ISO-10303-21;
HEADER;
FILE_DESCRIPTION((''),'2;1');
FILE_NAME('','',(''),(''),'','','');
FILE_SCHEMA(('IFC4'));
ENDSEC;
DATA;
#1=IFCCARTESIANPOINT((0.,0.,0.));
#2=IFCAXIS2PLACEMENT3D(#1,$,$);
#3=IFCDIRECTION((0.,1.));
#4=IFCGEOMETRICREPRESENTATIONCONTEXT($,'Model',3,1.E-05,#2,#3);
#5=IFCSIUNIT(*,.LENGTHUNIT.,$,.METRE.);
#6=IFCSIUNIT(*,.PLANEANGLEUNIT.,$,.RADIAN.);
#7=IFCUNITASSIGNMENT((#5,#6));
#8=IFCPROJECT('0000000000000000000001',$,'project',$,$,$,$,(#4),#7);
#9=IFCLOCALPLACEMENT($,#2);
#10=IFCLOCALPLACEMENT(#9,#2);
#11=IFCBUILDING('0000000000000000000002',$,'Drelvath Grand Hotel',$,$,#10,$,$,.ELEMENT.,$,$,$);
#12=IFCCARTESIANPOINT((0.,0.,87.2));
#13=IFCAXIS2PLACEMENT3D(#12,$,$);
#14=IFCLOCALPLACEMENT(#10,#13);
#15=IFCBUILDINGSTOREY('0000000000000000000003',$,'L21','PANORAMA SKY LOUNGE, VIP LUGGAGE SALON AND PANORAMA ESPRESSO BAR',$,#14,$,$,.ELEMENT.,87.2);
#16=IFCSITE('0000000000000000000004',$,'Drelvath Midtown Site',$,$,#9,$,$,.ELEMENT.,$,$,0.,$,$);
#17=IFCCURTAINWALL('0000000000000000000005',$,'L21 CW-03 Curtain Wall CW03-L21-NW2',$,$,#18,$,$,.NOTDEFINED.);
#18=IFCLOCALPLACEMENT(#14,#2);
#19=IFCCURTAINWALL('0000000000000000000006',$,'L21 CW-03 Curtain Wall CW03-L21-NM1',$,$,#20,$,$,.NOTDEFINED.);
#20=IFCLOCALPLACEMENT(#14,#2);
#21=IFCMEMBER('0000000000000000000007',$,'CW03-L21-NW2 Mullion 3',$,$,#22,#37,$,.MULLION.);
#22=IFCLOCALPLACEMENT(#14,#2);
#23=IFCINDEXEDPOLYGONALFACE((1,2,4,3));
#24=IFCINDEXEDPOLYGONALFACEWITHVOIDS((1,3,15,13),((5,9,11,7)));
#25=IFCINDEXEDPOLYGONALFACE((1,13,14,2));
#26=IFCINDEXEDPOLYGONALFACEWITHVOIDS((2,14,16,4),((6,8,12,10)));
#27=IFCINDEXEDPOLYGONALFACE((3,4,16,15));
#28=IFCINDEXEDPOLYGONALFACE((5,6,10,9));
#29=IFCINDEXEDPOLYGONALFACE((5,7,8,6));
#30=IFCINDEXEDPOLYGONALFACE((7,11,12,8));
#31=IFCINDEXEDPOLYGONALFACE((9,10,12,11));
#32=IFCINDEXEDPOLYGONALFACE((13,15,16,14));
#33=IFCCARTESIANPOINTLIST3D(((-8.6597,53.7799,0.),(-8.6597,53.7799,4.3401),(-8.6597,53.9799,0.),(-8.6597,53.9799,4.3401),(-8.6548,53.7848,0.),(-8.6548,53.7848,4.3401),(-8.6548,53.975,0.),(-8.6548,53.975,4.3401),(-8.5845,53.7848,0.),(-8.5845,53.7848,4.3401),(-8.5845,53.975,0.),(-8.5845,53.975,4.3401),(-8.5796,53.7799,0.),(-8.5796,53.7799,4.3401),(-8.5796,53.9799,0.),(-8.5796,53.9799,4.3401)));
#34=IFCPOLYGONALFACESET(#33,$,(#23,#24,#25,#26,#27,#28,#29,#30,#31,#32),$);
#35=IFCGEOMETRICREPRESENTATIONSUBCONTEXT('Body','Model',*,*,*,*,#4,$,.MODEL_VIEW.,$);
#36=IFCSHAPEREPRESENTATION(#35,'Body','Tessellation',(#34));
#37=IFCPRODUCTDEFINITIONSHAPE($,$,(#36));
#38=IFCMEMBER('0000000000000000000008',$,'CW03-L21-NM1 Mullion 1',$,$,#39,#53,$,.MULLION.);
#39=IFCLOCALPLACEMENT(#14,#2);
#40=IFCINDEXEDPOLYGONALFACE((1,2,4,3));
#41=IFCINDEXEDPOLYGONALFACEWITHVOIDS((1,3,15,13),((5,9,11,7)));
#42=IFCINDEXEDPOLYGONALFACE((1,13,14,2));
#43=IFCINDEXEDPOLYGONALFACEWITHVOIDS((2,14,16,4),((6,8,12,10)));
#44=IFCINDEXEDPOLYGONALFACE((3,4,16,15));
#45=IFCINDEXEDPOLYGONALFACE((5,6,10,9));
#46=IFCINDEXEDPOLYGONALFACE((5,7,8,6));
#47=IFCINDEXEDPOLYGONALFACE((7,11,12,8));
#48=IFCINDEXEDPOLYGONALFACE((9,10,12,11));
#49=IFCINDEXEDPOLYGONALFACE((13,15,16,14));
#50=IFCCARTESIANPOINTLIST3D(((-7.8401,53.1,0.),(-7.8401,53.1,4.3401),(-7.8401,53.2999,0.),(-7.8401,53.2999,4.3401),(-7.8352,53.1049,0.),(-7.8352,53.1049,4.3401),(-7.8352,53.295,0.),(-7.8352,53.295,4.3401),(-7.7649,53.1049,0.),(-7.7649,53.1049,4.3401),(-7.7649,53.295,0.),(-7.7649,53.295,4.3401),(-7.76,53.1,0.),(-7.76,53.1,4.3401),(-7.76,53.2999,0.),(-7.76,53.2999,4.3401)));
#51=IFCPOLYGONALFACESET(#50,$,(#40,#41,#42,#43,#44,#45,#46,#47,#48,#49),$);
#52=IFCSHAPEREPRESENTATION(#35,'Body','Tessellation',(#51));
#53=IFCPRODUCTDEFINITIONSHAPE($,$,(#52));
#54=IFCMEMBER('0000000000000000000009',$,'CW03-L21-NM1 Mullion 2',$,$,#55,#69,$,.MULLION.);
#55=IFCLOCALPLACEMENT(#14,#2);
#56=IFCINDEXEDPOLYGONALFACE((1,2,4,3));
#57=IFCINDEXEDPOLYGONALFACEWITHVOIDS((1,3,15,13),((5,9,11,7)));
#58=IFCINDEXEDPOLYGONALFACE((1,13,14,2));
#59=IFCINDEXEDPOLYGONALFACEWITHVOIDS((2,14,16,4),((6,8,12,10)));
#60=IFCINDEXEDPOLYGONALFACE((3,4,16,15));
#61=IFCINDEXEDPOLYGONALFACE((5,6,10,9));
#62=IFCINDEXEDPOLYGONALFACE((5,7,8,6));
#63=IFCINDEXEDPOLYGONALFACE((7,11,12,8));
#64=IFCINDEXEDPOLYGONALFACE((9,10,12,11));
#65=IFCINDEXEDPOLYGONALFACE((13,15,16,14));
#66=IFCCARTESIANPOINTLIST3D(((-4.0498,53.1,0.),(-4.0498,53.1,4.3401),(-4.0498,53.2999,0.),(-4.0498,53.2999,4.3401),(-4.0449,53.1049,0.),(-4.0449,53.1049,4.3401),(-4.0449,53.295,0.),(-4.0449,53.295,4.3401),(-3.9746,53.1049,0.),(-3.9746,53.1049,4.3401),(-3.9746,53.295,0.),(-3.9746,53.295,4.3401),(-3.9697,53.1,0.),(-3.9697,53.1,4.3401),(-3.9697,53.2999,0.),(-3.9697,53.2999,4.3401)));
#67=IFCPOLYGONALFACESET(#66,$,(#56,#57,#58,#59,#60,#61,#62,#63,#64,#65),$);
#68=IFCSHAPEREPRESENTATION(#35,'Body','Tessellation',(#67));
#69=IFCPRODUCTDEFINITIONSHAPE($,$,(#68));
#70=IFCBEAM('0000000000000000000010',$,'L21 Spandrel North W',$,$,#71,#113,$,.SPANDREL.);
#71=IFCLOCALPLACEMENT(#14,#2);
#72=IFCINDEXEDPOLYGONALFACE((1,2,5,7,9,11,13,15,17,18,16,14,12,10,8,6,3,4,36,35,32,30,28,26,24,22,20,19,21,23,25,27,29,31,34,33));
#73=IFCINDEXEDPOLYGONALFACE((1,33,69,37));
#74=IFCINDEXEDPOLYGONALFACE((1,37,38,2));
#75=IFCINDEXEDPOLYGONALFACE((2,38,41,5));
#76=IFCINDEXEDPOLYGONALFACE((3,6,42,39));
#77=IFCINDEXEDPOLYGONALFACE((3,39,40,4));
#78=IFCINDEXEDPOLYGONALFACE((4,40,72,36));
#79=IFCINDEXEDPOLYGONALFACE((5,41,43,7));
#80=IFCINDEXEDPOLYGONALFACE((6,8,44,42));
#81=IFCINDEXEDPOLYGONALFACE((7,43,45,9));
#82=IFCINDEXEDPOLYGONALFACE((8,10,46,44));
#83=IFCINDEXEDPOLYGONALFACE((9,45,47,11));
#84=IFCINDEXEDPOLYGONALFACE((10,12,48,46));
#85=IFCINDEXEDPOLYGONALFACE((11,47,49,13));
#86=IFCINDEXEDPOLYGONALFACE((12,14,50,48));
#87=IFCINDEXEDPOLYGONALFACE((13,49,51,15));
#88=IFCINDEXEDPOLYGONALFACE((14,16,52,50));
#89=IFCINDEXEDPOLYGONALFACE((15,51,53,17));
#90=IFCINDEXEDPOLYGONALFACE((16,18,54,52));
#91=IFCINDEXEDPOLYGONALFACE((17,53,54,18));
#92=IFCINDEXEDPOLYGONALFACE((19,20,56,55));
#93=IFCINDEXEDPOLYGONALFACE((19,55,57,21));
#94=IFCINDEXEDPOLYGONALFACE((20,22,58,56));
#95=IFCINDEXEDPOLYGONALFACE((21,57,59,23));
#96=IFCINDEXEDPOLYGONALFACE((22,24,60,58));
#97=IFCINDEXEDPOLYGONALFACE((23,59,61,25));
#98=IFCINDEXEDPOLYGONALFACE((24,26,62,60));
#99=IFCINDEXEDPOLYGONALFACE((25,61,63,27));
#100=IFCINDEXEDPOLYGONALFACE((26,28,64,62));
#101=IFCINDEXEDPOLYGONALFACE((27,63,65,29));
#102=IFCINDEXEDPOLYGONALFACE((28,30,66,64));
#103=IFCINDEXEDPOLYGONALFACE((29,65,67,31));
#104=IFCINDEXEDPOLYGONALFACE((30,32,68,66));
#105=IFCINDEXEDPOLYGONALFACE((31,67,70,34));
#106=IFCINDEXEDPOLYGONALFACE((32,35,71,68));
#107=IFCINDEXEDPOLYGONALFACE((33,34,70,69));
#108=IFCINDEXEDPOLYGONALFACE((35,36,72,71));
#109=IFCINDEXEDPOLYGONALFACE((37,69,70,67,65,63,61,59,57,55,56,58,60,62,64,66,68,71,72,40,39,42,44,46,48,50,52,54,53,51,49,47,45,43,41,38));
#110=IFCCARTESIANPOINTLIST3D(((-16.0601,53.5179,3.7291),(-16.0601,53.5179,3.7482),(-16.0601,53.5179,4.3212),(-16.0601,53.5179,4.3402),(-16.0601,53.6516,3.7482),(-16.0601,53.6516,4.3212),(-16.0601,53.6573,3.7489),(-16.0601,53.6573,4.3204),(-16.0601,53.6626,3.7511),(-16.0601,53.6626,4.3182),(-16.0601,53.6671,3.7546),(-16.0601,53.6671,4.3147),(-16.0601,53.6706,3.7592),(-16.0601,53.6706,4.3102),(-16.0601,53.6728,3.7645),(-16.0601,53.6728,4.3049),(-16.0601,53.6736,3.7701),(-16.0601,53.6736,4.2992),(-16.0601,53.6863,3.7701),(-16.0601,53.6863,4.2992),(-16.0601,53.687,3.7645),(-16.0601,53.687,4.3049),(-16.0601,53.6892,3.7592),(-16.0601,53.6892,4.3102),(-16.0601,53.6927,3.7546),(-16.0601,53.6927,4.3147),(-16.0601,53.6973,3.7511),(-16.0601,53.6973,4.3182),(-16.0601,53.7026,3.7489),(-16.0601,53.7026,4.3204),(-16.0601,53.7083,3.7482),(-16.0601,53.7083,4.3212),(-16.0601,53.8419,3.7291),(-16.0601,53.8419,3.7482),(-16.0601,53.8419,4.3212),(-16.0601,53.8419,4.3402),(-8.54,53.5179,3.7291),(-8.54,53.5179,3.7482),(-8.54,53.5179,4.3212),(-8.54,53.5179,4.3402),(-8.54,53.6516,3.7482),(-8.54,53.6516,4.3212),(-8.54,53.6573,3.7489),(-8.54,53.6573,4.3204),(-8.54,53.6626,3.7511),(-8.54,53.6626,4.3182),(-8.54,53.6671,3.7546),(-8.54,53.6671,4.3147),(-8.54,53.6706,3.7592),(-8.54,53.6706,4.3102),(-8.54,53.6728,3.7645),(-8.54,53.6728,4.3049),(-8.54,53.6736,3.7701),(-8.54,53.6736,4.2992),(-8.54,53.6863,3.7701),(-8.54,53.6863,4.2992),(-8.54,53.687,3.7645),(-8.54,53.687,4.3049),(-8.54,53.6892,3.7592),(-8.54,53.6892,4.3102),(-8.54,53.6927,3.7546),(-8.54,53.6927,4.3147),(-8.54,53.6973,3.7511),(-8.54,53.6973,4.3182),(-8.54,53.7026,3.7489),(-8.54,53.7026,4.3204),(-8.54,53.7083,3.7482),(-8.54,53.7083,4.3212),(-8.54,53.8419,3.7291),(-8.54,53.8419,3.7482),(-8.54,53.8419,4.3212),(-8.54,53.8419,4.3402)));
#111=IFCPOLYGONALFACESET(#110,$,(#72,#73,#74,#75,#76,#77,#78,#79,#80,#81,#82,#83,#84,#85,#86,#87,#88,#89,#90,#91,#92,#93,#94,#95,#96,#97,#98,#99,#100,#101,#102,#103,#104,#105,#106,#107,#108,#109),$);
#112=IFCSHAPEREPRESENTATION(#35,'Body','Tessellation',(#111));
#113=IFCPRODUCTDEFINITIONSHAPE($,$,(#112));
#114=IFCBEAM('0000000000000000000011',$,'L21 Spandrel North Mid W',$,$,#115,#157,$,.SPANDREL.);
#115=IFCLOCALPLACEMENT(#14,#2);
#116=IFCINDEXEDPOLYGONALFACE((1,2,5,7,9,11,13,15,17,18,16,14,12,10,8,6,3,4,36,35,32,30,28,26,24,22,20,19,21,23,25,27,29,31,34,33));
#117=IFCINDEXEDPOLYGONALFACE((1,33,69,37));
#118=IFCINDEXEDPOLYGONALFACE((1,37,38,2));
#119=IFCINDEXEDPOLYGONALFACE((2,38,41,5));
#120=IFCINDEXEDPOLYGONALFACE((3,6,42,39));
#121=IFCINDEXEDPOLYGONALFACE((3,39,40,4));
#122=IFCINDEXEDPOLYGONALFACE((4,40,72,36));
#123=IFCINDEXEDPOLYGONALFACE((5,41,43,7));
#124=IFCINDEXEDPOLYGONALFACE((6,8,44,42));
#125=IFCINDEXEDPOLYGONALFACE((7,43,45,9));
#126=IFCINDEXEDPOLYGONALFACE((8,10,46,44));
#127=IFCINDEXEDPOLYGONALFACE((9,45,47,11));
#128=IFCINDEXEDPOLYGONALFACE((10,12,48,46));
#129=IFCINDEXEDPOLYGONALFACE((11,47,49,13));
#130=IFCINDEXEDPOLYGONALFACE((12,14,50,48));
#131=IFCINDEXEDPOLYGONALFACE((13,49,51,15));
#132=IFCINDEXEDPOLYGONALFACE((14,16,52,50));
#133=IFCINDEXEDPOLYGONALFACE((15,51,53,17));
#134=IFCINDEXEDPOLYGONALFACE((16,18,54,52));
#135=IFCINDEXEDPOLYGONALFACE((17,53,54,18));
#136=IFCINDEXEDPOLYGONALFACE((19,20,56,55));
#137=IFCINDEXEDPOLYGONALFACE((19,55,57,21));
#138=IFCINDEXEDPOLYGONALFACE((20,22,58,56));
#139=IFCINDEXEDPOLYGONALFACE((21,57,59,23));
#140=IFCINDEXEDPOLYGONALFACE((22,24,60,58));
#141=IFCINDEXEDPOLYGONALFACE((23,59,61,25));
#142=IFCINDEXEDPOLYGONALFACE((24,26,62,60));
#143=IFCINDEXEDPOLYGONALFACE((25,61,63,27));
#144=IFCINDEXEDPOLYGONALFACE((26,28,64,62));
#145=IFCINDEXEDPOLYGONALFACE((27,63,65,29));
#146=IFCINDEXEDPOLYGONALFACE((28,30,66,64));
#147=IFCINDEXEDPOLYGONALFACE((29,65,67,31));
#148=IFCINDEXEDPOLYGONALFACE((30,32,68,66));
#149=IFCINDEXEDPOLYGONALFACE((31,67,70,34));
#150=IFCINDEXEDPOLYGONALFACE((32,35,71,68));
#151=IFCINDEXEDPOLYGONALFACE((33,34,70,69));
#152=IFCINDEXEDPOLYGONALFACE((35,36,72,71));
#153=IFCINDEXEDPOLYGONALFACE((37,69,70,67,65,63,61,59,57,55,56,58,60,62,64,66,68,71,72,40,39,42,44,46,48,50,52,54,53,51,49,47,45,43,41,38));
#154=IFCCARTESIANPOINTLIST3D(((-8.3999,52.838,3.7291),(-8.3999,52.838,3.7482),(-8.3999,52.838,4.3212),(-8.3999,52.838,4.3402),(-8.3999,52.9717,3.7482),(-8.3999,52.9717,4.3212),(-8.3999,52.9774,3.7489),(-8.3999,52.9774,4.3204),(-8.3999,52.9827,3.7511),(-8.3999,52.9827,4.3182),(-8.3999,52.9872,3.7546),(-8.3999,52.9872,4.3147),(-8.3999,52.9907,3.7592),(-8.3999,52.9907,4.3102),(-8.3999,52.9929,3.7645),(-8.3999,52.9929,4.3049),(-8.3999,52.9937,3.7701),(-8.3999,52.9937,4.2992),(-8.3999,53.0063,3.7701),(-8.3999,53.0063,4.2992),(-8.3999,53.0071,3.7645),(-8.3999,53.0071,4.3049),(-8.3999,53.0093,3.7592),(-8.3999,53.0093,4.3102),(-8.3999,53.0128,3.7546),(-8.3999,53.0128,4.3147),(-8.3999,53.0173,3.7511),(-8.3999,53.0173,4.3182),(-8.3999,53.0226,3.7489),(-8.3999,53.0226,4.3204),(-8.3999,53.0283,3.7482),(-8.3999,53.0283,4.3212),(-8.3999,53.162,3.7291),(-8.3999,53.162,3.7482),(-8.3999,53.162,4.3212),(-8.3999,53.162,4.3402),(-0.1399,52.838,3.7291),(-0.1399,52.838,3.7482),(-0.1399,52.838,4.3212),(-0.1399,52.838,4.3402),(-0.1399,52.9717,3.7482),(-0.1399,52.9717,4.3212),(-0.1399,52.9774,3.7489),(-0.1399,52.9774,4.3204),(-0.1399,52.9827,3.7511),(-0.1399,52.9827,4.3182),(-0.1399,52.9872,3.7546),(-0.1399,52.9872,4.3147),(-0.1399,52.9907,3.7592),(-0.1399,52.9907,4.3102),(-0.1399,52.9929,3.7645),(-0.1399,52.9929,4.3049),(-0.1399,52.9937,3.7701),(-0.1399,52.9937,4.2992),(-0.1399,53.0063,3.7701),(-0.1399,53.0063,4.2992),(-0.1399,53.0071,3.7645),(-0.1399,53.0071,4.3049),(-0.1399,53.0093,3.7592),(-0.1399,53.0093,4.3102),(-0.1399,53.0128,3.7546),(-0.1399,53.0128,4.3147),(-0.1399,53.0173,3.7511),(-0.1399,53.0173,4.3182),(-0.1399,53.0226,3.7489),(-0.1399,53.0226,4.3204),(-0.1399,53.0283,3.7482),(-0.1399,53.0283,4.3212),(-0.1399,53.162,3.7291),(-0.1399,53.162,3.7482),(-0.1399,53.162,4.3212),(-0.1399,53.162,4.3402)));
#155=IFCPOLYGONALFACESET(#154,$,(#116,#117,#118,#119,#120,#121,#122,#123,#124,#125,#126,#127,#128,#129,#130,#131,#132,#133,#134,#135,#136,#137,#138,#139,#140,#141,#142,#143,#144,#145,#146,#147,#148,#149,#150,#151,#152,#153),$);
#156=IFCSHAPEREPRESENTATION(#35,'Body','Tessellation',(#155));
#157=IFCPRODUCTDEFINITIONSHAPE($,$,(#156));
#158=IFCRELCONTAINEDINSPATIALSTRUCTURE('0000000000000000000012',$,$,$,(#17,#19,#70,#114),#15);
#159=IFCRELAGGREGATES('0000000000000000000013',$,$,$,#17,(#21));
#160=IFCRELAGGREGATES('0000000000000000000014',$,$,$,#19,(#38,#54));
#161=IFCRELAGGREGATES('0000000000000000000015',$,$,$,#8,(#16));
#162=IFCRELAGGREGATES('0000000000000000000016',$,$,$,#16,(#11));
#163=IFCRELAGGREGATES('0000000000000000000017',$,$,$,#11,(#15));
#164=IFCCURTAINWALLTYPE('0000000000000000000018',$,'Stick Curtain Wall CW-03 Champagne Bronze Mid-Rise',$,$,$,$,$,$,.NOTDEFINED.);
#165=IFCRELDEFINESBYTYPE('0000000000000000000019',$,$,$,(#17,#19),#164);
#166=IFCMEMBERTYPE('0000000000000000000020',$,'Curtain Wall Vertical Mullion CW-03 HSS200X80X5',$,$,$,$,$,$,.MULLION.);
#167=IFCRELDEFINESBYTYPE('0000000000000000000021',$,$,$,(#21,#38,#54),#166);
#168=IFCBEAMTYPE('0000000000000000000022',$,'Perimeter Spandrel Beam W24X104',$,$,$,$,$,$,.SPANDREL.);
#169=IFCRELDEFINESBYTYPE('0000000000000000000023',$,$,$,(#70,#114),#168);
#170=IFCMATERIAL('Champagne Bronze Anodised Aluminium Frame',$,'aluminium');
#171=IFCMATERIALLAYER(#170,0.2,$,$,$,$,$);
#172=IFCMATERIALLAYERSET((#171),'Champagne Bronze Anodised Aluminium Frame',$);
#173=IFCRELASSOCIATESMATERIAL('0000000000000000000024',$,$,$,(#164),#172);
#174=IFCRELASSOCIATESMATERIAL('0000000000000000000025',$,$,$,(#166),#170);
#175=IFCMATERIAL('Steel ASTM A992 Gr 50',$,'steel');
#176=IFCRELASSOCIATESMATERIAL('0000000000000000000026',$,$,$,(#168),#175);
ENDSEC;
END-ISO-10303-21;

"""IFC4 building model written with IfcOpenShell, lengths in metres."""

from ifc_helpers import new_model, si_unit, direction, frame, origin, origin_2d, place, context, subcontext, project, spatial, hollow_rectangle, i_section, extrude, material, layer, layer_set, material_profile, profile_set, type_object, element, aggregate, save


model = new_model("IFC4")

# Units and contexts
model_context = context("Model", 3, precision=1e-05, world=origin(), true_north=direction((0.0, 1.0)))
body_context = subcontext(model_context, "Body", "Model", "MODEL_VIEW")
ifc_project = project(units=[si_unit("LENGTHUNIT", "METRE"), si_unit("PLANEANGLEUNIT", "RADIAN")], contexts=[model_context])

# Site, building, storey
site_placement = place(None, origin())
site = spatial("IfcSite", under=ifc_project, at=site_placement, Name="Drelvath Midtown Site", CompositionType="ELEMENT", RefElevation=0.0)
building_placement = place(site_placement, origin())
building = spatial("IfcBuilding", under=site, at=building_placement, Name="Drelvath Grand Hotel", CompositionType="ELEMENT")
storey_placement = place(building_placement, frame((0.0, 0.0, 87.2)))
storey = spatial("IfcBuildingStorey", under=building, at=storey_placement, Name="L21", Description="PANORAMA SKY LOUNGE, VIP LUGGAGE SALON AND PANORAMA ESPRESSO BAR", CompositionType="ELEMENT", Elevation=87.2)

# Curtain walls
ifc_material_1 = material(Name="Champagne Bronze Anodised Aluminium Frame", Category="aluminium")
ifc_layer_1 = layer(ifc_material_1, 0.2)
ifc_layer_set_1 = layer_set([ifc_layer_1], Name="Champagne Bronze Anodised Aluminium Frame")
curtain_wall_type = type_object("IfcCurtainWallType", Name="Stick Curtain Wall CW-03 Champagne Bronze Mid-Rise", PredefinedType="NOTDEFINED", material=ifc_layer_set_1)
curtain_wall_1_placement = place(storey_placement, origin())
curtain_wall_1 = element("IfcCurtainWall", 1, at=curtain_wall_1_placement, inside=storey, type_object=curtain_wall_type, Name="L21 CW-03 Curtain Wall CW03-L21-NW2", PredefinedType="NOTDEFINED")
curtain_wall_2_placement = place(storey_placement, origin())
curtain_wall_2 = element("IfcCurtainWall", 2, at=curtain_wall_2_placement, inside=storey, type_object=curtain_wall_type, Name="L21 CW-03 Curtain Wall CW03-L21-NM1", PredefinedType="NOTDEFINED")

# Members
ifc_material_profile_1 = material_profile(ifc_material_1, hollow_rectangle(XDim=0.0801, YDim=0.2, WallThickness=0.0049, at=origin_2d()), Name="HSS200X80X5")
ifc_profile_set_1 = profile_set([ifc_material_profile_1], Name="Champagne Bronze Anodised Aluminium Frame")
member_type_1 = type_object("IfcMemberType", Name="Curtain Wall Vertical Mullion CW-03 HSS200X80X5", PredefinedType="MULLION", material=ifc_profile_set_1)
member_1_placement = place(storey_placement, frame((-8.6196, 53.8799, 0.0), z_axis=(0.0, 0.0, 1.0), x_axis=(1.0, 0.0, 0.0)))
member_1 = element("IfcMember", 3, at=member_1_placement, type_object=member_type_1, Name="CW03-L21-NW2 Mullion 3", PredefinedType="MULLION", context=body_context, shape_type="SweptSolid", body=[
    extrude(hollow_rectangle(XDim=0.0801, YDim=0.2, WallThickness=0.0049, at=origin_2d()), origin(), (0.0, 0.0, 1.0), 4.3401),
])
member_2_placement = place(storey_placement, frame((-7.8, 53.2, 0.0), z_axis=(0.0, 0.0, 1.0), x_axis=(1.0, 0.0, 0.0)))
member_2 = element("IfcMember", 4, at=member_2_placement, type_object=member_type_1, Name="CW03-L21-NM1 Mullion 1", PredefinedType="MULLION", context=body_context, shape_type="SweptSolid", body=[
    extrude(hollow_rectangle(XDim=0.0801, YDim=0.2, WallThickness=0.0049, at=origin_2d()), origin(), (0.0, 0.0, 1.0), 4.3401),
])
member_3_placement = place(storey_placement, frame((-4.0098, 53.2, 0.0), z_axis=(0.0, 0.0, 1.0), x_axis=(1.0, 0.0, 0.0)))
member_3 = element("IfcMember", 5, at=member_3_placement, type_object=member_type_1, Name="CW03-L21-NM1 Mullion 2", PredefinedType="MULLION", context=body_context, shape_type="SweptSolid", body=[
    extrude(hollow_rectangle(XDim=0.0801, YDim=0.2, WallThickness=0.0049, at=origin_2d()), origin(), (0.0, 0.0, 1.0), 4.3401),
])

# Beams
ifc_material_2 = material(Name="Steel ASTM A992 Gr 50", Category="steel")
ifc_material_profile_2 = material_profile(ifc_material_2, i_section(OverallWidth=0.324, OverallDepth=0.6111, WebThickness=0.0127, FlangeThickness=0.019, FilletRadius=0.022, at=origin_2d()), Name="W24X104")
ifc_profile_set_2 = profile_set([ifc_material_profile_2], Name="Steel ASTM A992 Gr 50")
beam_type_1 = type_object("IfcBeamType", Name="Perimeter Spandrel Beam W24X104", PredefinedType="SPANDREL", material=ifc_profile_set_2)
beam_1_placement = place(storey_placement, frame((-16.0601, 53.6799, 4.0347), z_axis=(1.0, 0.0, 0.0), x_axis=(0.0, 1.0, 0.0)))
element("IfcBeam", 6, at=beam_1_placement, inside=storey, type_object=beam_type_1, Name="L21 Spandrel North W", PredefinedType="SPANDREL", context=body_context, shape_type="SweptSolid", body=[
    extrude(i_section(OverallWidth=0.324, OverallDepth=0.6111, WebThickness=0.0127, FlangeThickness=0.019, FilletRadius=0.022, at=origin_2d()), origin(), (0.0, 0.0, 1.0), 7.52),
])
beam_2_placement = place(storey_placement, frame((-8.3999, 53.0, 4.0347), z_axis=(1.0, 0.0, 0.0), x_axis=(0.0, 1.0, 0.0)))
element("IfcBeam", 7, at=beam_2_placement, inside=storey, type_object=beam_type_1, Name="L21 Spandrel North Mid W", PredefinedType="SPANDREL", context=body_context, shape_type="SweptSolid", body=[
    extrude(i_section(OverallWidth=0.324, OverallDepth=0.6111, WebThickness=0.0127, FlangeThickness=0.019, FilletRadius=0.022, at=origin_2d()), origin(), (0.0, 0.0, 1.0), 8.26),
])

aggregate(curtain_wall_1, [member_1])
aggregate(curtain_wall_2, [member_2, member_3])

save(model, "model.ifc")
